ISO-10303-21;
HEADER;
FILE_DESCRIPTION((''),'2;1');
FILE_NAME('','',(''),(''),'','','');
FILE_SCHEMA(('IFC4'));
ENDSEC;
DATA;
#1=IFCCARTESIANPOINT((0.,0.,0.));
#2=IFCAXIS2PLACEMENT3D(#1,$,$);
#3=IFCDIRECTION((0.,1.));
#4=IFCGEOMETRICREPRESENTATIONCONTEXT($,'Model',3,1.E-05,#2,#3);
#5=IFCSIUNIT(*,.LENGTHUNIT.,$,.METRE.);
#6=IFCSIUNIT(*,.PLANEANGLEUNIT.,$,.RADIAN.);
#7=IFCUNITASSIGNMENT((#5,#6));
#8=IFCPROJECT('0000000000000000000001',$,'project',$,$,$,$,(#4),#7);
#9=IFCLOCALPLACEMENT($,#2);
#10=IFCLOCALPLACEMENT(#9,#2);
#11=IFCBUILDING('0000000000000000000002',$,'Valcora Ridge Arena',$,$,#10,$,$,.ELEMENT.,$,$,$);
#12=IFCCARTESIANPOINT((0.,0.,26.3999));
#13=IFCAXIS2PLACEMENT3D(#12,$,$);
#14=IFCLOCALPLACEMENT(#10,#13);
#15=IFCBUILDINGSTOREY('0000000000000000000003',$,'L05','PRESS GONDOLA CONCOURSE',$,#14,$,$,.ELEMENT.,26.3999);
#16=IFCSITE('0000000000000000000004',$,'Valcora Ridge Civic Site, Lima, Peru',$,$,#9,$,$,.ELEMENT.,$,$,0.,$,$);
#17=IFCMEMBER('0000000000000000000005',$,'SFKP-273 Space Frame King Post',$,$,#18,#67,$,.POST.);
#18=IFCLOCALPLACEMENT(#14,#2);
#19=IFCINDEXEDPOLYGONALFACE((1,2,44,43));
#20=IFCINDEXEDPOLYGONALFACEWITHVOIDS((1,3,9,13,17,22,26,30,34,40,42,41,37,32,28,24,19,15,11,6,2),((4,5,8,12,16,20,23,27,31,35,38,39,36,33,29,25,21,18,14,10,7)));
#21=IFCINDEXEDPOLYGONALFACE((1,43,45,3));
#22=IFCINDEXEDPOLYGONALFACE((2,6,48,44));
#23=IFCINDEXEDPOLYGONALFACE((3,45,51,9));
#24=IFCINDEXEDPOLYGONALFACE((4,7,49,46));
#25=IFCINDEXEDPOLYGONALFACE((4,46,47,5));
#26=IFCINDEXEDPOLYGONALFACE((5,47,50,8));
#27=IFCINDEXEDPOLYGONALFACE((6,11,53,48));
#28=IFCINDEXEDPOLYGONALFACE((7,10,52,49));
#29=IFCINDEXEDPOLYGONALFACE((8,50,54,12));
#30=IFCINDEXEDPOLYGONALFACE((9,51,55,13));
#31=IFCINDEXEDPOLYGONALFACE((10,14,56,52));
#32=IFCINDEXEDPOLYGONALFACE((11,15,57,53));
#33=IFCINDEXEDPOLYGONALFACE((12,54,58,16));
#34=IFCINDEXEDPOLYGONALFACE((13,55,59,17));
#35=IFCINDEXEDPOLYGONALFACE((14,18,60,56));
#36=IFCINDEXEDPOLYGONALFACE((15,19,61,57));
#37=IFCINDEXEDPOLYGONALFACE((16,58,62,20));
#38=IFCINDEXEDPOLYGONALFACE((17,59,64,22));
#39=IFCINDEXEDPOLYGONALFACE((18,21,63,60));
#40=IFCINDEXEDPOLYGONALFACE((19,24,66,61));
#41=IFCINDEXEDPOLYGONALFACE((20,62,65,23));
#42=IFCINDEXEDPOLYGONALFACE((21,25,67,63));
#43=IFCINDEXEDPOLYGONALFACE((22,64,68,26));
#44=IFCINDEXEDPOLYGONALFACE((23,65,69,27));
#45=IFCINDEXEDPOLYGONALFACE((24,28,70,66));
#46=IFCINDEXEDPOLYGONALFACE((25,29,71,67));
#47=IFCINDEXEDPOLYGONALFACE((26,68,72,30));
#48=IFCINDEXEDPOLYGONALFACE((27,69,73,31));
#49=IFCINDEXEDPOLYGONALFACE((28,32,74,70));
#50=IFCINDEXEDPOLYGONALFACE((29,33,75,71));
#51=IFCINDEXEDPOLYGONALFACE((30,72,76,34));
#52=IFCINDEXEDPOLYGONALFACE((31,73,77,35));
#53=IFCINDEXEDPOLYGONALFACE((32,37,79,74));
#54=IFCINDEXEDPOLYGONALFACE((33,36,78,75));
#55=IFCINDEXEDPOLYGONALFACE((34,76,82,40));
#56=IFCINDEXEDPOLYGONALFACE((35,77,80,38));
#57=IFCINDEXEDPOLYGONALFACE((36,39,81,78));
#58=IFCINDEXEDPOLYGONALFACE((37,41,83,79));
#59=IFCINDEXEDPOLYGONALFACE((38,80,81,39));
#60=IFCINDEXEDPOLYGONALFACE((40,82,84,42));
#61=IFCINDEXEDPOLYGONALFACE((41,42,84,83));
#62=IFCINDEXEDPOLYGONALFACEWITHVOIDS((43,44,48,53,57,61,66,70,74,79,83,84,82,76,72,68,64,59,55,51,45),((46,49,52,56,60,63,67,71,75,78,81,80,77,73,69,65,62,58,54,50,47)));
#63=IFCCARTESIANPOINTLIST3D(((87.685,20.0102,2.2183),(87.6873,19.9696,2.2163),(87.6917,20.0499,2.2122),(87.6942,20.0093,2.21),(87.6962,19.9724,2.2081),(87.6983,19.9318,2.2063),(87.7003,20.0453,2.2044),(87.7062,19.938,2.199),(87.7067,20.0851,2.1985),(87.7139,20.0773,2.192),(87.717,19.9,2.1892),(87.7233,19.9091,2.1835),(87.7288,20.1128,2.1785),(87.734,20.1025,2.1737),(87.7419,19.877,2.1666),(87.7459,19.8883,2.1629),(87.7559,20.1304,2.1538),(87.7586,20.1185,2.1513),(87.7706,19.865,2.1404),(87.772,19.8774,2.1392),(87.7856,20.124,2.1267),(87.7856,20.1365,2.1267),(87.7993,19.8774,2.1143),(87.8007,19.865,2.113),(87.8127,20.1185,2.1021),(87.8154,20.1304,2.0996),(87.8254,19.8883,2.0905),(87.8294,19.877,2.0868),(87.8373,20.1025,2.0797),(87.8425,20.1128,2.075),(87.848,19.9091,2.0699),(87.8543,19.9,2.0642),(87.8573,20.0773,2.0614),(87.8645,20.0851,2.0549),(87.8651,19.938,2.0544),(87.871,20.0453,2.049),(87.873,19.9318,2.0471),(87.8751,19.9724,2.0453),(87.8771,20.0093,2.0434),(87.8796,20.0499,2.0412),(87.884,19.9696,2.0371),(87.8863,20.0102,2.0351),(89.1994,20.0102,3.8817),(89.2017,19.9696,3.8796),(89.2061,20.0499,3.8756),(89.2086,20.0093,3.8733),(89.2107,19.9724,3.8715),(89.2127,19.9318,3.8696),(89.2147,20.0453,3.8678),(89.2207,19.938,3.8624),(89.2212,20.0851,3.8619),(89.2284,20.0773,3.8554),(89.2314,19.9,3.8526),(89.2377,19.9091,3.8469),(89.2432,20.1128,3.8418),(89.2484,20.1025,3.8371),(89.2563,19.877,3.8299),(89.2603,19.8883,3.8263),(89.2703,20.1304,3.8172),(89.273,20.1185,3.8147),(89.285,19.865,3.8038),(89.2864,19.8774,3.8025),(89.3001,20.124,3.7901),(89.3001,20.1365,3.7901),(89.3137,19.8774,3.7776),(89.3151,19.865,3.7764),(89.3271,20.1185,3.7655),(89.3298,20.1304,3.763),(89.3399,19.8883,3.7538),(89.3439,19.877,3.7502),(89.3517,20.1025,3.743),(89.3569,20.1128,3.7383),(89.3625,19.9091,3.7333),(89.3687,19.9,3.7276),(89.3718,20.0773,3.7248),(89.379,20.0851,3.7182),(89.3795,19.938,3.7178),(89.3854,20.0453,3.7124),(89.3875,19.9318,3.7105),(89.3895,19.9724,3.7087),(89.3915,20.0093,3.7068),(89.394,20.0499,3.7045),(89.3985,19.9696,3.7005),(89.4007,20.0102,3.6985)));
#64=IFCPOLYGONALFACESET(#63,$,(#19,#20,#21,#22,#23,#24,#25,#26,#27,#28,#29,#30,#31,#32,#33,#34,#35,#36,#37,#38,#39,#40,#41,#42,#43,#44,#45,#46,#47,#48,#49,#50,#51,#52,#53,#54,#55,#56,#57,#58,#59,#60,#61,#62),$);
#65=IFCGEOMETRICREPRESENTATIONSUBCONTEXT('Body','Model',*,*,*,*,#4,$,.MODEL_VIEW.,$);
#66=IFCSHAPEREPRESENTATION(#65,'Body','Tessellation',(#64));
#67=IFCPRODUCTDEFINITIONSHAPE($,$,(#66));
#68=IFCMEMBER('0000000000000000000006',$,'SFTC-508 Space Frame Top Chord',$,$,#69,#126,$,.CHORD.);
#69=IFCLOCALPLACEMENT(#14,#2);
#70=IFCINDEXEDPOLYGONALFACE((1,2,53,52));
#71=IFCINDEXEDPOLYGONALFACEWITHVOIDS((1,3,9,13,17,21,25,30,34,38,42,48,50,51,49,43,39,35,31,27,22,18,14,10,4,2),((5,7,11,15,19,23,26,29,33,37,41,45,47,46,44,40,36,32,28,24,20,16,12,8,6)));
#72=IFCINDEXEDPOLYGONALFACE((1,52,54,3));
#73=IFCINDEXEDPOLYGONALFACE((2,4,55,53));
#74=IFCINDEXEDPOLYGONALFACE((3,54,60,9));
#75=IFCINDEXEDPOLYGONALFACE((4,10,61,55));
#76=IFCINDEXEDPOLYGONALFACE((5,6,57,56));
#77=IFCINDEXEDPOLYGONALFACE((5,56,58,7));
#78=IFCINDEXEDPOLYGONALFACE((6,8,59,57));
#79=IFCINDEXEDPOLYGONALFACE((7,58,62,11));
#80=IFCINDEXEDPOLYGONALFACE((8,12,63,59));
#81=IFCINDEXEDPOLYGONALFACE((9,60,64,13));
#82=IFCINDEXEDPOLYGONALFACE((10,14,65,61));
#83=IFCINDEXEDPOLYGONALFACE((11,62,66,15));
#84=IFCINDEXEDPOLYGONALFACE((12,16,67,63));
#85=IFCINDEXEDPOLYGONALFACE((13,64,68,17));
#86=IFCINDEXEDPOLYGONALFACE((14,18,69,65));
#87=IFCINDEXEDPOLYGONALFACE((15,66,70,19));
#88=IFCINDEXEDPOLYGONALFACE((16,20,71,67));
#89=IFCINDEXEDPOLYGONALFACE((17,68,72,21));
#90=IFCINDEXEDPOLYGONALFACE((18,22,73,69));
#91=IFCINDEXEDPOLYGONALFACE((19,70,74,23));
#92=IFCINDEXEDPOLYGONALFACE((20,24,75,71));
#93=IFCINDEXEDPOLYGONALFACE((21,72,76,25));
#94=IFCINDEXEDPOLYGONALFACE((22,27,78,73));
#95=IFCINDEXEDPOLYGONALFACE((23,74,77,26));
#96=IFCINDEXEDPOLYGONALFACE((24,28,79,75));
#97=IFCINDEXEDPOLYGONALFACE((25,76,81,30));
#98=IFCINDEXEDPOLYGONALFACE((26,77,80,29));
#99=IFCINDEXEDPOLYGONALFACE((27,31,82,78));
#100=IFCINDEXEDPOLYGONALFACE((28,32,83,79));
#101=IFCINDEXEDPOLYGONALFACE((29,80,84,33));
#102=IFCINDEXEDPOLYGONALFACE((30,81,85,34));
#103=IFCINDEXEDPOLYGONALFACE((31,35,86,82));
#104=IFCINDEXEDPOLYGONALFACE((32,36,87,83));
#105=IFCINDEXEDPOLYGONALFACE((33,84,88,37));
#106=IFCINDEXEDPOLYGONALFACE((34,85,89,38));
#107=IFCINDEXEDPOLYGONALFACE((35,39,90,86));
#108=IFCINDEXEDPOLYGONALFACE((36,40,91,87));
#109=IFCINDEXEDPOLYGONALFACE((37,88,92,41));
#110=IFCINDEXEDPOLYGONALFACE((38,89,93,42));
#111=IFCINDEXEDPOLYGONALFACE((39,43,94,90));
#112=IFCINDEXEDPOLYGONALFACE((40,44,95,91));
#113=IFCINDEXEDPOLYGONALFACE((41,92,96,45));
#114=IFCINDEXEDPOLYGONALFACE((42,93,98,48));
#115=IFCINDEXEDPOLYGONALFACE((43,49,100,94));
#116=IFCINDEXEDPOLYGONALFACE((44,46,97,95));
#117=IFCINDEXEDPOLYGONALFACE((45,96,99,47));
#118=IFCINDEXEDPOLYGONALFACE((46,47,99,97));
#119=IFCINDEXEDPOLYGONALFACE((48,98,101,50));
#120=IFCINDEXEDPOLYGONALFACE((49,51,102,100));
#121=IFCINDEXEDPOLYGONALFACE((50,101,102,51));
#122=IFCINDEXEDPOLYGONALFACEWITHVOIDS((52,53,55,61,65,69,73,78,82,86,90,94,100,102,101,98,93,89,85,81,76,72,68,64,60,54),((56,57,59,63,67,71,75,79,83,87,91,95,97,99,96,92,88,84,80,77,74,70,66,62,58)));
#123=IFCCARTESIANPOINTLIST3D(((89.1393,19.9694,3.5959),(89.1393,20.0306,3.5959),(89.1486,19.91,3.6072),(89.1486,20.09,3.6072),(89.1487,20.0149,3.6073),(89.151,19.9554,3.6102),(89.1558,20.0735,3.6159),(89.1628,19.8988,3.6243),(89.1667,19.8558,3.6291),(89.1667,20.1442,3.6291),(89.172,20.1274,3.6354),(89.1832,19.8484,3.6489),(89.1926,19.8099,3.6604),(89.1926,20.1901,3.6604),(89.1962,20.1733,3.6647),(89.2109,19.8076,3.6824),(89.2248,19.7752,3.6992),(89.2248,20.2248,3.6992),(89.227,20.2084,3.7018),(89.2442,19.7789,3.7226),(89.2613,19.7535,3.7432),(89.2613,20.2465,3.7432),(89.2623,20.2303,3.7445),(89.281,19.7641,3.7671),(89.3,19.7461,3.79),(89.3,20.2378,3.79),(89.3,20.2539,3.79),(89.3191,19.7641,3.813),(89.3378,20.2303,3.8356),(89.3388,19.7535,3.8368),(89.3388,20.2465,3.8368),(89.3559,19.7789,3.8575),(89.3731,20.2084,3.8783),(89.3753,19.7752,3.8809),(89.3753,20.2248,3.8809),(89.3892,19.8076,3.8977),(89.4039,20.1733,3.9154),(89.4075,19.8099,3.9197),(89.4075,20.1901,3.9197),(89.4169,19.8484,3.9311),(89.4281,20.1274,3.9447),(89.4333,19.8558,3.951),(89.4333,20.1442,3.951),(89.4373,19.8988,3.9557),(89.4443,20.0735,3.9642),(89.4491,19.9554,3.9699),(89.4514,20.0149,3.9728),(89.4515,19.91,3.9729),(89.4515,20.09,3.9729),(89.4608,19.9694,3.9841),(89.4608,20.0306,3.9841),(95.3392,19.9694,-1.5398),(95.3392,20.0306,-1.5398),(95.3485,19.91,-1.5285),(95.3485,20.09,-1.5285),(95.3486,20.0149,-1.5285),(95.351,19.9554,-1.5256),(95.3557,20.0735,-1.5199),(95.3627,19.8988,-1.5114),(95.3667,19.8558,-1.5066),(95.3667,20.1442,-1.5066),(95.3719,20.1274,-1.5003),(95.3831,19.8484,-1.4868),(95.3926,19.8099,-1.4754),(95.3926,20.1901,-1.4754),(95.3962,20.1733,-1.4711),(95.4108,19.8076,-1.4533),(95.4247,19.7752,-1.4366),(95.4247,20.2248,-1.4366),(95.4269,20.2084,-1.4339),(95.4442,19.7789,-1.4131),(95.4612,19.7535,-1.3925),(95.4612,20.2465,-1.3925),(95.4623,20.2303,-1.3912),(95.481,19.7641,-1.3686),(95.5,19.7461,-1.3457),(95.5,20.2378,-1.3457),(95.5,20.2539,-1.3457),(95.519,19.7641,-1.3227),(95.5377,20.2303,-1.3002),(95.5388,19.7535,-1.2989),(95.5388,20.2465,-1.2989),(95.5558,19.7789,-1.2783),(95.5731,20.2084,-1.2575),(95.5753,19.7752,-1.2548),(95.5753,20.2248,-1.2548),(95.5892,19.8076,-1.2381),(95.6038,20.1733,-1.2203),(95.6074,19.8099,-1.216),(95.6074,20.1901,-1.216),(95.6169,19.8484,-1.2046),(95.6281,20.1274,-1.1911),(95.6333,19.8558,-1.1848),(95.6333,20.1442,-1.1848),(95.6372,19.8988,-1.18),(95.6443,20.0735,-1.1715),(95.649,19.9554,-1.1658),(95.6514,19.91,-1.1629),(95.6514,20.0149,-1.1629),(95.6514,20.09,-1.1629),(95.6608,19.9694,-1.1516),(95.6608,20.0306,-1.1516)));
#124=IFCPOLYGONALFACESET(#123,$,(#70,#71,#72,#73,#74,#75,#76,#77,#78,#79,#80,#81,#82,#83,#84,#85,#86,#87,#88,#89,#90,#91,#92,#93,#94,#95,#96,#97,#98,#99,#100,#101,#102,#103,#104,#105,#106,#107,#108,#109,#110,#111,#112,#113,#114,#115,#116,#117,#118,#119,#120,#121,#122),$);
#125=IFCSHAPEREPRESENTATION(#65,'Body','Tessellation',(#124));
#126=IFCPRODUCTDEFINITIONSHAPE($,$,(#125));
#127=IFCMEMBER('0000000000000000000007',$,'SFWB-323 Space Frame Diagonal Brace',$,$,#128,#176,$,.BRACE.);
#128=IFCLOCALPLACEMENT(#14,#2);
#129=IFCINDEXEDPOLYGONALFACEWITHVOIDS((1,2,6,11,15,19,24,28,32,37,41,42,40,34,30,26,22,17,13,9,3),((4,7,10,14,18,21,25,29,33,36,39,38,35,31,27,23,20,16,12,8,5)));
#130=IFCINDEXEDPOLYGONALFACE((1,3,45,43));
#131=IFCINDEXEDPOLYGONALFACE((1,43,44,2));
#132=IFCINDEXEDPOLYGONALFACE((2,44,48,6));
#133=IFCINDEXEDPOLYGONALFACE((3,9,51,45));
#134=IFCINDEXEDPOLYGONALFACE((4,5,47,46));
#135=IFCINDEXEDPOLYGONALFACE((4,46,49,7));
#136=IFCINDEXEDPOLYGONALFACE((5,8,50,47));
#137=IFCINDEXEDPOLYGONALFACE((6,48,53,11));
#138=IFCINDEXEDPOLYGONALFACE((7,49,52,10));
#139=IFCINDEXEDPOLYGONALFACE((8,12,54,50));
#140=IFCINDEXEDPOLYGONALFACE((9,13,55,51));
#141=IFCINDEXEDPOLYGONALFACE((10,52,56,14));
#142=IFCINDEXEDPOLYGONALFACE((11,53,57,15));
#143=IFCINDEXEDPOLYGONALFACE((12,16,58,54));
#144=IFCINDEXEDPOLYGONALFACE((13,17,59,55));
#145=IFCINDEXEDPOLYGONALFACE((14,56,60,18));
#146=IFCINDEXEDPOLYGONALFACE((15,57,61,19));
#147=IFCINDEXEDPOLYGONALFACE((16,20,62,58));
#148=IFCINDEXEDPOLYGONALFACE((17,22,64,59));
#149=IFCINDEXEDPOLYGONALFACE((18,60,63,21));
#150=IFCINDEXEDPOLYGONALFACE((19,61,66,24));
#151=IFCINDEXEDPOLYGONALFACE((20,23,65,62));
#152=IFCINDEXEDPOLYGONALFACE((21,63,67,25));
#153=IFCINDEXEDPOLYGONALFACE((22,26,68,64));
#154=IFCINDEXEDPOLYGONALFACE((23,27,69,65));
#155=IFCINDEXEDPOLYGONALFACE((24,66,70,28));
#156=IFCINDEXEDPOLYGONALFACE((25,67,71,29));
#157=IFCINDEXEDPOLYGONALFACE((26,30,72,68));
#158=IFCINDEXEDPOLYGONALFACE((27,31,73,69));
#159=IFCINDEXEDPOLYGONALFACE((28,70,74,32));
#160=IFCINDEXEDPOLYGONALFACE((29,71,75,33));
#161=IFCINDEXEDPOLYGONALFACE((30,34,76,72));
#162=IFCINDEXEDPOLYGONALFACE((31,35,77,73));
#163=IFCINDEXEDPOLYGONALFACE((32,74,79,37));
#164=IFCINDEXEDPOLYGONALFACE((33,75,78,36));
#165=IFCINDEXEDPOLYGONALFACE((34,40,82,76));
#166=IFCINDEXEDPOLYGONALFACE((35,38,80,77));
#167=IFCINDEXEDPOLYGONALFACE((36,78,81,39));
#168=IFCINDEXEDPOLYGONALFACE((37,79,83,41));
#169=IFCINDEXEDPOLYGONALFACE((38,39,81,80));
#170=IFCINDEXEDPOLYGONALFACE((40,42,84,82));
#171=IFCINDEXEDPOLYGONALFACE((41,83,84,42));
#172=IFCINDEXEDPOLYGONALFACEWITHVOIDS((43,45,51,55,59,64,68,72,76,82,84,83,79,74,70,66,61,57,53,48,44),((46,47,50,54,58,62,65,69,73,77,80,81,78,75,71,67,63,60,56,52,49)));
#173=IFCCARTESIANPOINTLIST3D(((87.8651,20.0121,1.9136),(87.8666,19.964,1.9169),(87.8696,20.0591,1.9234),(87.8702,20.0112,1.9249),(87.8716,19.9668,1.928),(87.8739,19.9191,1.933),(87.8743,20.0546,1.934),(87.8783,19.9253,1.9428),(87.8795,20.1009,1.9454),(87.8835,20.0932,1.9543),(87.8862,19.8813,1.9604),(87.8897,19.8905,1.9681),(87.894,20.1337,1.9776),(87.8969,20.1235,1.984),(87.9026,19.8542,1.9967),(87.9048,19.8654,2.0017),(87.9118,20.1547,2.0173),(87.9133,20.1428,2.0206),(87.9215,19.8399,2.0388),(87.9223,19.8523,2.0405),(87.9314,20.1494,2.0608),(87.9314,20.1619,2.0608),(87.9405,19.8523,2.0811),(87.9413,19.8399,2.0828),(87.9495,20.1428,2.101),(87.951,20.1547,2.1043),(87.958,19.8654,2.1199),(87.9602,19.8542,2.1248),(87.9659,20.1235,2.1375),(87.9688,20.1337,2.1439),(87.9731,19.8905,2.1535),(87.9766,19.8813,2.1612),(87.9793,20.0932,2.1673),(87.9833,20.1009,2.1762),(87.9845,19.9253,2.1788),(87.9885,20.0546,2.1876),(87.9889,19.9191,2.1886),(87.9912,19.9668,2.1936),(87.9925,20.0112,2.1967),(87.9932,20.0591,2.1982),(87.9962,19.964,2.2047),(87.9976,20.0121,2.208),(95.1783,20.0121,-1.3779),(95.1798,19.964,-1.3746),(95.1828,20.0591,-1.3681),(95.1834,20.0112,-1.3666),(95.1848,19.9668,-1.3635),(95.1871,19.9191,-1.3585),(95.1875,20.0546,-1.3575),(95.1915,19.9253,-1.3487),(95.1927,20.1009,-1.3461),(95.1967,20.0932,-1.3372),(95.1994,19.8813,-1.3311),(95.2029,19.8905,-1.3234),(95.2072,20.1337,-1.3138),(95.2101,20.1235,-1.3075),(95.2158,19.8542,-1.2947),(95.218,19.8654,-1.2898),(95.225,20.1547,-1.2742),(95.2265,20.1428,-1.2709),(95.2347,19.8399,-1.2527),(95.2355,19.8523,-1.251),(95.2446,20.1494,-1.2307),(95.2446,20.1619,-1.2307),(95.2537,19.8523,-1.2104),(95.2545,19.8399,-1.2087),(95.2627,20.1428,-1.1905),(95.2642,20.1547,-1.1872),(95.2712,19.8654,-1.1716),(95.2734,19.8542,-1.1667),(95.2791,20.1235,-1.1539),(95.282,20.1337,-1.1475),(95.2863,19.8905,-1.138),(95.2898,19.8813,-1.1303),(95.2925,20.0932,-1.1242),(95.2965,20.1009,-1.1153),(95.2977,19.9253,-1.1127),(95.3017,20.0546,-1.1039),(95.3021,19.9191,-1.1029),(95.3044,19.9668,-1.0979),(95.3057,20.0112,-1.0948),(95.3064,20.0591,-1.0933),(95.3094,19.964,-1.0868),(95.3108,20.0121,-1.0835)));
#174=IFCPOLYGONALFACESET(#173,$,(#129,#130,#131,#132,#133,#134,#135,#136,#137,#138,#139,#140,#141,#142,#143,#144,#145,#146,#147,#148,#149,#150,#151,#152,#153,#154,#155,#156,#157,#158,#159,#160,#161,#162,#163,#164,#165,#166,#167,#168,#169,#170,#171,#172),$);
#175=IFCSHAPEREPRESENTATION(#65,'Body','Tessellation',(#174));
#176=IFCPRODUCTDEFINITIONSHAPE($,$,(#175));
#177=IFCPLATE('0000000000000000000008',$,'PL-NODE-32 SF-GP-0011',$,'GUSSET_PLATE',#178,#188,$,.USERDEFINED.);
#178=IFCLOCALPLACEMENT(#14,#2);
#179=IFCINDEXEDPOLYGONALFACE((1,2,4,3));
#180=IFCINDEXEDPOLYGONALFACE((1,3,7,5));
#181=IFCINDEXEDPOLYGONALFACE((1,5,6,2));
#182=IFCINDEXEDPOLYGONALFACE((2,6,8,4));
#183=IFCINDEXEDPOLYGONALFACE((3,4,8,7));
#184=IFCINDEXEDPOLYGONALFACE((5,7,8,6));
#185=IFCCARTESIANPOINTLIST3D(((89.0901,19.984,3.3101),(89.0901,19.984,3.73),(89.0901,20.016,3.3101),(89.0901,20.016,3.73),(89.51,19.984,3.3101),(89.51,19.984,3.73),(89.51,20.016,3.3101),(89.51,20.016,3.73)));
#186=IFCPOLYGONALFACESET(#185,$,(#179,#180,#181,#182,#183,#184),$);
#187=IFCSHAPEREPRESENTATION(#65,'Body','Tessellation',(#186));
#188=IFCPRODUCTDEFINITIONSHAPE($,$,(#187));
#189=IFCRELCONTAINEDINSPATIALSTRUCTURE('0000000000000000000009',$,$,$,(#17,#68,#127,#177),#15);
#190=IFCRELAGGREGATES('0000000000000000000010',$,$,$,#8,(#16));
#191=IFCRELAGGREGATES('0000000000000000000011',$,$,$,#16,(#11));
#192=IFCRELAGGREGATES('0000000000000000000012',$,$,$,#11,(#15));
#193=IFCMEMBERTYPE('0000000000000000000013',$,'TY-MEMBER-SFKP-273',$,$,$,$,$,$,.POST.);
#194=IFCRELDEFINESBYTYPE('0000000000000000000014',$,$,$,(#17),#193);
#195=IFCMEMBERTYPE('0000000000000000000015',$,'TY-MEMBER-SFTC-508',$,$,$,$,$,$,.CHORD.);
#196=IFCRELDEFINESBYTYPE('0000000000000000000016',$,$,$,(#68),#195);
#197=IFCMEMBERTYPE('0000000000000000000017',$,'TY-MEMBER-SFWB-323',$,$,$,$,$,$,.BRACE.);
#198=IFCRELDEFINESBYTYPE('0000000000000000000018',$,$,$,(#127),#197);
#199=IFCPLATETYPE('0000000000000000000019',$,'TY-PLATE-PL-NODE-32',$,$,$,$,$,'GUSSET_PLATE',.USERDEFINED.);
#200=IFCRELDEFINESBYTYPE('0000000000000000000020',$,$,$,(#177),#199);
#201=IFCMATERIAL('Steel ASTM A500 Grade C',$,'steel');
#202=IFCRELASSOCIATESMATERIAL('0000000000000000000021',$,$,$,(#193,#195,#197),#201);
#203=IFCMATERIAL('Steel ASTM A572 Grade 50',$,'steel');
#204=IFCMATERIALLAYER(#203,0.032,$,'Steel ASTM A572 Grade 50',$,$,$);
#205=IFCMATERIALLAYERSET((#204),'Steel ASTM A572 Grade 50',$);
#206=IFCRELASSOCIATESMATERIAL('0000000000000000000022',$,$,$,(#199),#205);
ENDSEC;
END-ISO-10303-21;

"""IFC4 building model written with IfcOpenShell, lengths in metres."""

from ifc_helpers import new_model, si_unit, direction, frame, origin, origin_2d, place, context, subcontext, project, spatial, rectangle, hollow_circle, extrude, material, layer, layer_set, material_profile, profile_set, type_object, element, save


model = new_model("IFC4")

# Units and contexts
model_context = context("Model", 3, precision=1e-05, world=origin(), true_north=direction((0.0, 1.0)))
body_context = subcontext(model_context, "Body", "Model", "MODEL_VIEW")
ifc_project = project(units=[si_unit("LENGTHUNIT", "METRE"), si_unit("PLANEANGLEUNIT", "RADIAN")], contexts=[model_context])

# Site, building, storey
site_placement = place(None, origin())
site = spatial("IfcSite", under=ifc_project, at=site_placement, Name="Valcora Ridge Civic Site, Lima, Peru", CompositionType="ELEMENT", RefElevation=0.0)
building_placement = place(site_placement, origin())
building = spatial("IfcBuilding", under=site, at=building_placement, Name="Valcora Ridge Arena", CompositionType="ELEMENT")
storey_placement = place(building_placement, frame((0.0, 0.0, 26.3999)))
storey = spatial("IfcBuildingStorey", under=building, at=storey_placement, Name="L05", Description="PRESS GONDOLA CONCOURSE", CompositionType="ELEMENT", Elevation=26.3999)

# Members
ifc_material_1 = material(Name="Steel ASTM A572 Grade 50", Category="steel")
ifc_material_2 = material(Name="Steel ASTM A500 Grade C", Category="steel")
ifc_material_profile_1 = material_profile(ifc_material_2, hollow_circle(Radius=0.1365, WallThickness=0.0125, at=origin_2d()), Name="CHS273X12")
ifc_profile_set_1 = profile_set([ifc_material_profile_1], Name="Steel ASTM A500 Grade C")
member_type_1 = type_object("IfcMemberType", Name="TY-MEMBER-SFKP-273", PredefinedType="POST", material=ifc_profile_set_1)
member_1_placement = place(storey_placement, frame((87.7856, 20.0, 2.1267), z_axis=(0.673229, 0.0, 0.739434), x_axis=(0.0, 1.0, 0.0)))
element("IfcMember", 1, at=member_1_placement, inside=storey, type_object=member_type_1, Name="SFKP-273 Space Frame King Post", PredefinedType="POST", context=body_context, shape_type="SweptSolid", body=[
    extrude(hollow_circle(Radius=0.1365, WallThickness=0.0125, at=origin_2d()), origin(), (0.0, 0.0, 1.0), 2.2495),
])
ifc_material_profile_2 = material_profile(ifc_material_2, hollow_circle(Radius=0.2539, WallThickness=0.0161, at=origin_2d()), Name="CHS508X16")
ifc_profile_set_2 = profile_set([ifc_material_profile_2], Name="Steel ASTM A500 Grade C")
member_type_2 = type_object("IfcMemberType", Name="TY-MEMBER-SFTC-508", PredefinedType="CHORD", material=ifc_profile_set_2)
member_2_placement = place(storey_placement, frame((89.3, 20.0, 3.79), z_axis=(0.770105, 0.0, -0.637918), x_axis=(0.0, 1.0, 0.0)))
element("IfcMember", 2, at=member_2_placement, inside=storey, type_object=member_type_2, Name="SFTC-508 Space Frame Top Chord", PredefinedType="CHORD", context=body_context, shape_type="SweptSolid", body=[
    extrude(hollow_circle(Radius=0.2539, WallThickness=0.0161, at=origin_2d()), origin(), (0.0, 0.0, 1.0), 8.0508),
])
ifc_material_profile_3 = material_profile(ifc_material_2, hollow_circle(Radius=0.1619, WallThickness=0.0125, at=origin_2d()), Name="CHS323X12")
ifc_profile_set_3 = profile_set([ifc_material_profile_3], Name="Steel ASTM A500 Grade C")
member_type_3 = type_object("IfcMemberType", Name="TY-MEMBER-SFWB-323", PredefinedType="BRACE", material=ifc_profile_set_3)
member_3_placement = place(storey_placement, frame((87.9314, 20.0, 2.0608), z_axis=(0.911896, 0.0, -0.410422), x_axis=(0.0, 1.0, 0.0)))
element("IfcMember", 3, at=member_3_placement, inside=storey, type_object=member_type_3, Name="SFWB-323 Space Frame Diagonal Brace", PredefinedType="BRACE", context=body_context, shape_type="SweptSolid", body=[
    extrude(hollow_circle(Radius=0.1619, WallThickness=0.0125, at=origin_2d()), origin(), (0.0, 0.0, 1.0), 8.0198),
])

# Plate
ifc_layer_1 = layer(ifc_material_1, 0.032, Name="Steel ASTM A572 Grade 50")
ifc_layer_set_1 = layer_set([ifc_layer_1], Name="Steel ASTM A572 Grade 50")
plate_type_1 = type_object("IfcPlateType", Name="TY-PLATE-PL-NODE-32", ElementType="GUSSET_PLATE", PredefinedType="USERDEFINED", material=ifc_layer_set_1)
plate_1_placement = place(storey_placement, frame((89.3, 20.0, 3.3101), z_axis=(0.0, 0.0, 1.0), x_axis=(1.0, 0.0, 0.0)))
element("IfcPlate", 4, at=plate_1_placement, inside=storey, type_object=plate_type_1, Name="PL-NODE-32 SF-GP-0011", ObjectType="GUSSET_PLATE", PredefinedType="USERDEFINED", context=body_context, shape_type="SweptSolid", body=[
    extrude(rectangle(XDim=0.4199, YDim=0.032, at=origin_2d()), origin(), (0.0, 0.0, 1.0), 0.4199),
])

save(model, "model.ifc")
